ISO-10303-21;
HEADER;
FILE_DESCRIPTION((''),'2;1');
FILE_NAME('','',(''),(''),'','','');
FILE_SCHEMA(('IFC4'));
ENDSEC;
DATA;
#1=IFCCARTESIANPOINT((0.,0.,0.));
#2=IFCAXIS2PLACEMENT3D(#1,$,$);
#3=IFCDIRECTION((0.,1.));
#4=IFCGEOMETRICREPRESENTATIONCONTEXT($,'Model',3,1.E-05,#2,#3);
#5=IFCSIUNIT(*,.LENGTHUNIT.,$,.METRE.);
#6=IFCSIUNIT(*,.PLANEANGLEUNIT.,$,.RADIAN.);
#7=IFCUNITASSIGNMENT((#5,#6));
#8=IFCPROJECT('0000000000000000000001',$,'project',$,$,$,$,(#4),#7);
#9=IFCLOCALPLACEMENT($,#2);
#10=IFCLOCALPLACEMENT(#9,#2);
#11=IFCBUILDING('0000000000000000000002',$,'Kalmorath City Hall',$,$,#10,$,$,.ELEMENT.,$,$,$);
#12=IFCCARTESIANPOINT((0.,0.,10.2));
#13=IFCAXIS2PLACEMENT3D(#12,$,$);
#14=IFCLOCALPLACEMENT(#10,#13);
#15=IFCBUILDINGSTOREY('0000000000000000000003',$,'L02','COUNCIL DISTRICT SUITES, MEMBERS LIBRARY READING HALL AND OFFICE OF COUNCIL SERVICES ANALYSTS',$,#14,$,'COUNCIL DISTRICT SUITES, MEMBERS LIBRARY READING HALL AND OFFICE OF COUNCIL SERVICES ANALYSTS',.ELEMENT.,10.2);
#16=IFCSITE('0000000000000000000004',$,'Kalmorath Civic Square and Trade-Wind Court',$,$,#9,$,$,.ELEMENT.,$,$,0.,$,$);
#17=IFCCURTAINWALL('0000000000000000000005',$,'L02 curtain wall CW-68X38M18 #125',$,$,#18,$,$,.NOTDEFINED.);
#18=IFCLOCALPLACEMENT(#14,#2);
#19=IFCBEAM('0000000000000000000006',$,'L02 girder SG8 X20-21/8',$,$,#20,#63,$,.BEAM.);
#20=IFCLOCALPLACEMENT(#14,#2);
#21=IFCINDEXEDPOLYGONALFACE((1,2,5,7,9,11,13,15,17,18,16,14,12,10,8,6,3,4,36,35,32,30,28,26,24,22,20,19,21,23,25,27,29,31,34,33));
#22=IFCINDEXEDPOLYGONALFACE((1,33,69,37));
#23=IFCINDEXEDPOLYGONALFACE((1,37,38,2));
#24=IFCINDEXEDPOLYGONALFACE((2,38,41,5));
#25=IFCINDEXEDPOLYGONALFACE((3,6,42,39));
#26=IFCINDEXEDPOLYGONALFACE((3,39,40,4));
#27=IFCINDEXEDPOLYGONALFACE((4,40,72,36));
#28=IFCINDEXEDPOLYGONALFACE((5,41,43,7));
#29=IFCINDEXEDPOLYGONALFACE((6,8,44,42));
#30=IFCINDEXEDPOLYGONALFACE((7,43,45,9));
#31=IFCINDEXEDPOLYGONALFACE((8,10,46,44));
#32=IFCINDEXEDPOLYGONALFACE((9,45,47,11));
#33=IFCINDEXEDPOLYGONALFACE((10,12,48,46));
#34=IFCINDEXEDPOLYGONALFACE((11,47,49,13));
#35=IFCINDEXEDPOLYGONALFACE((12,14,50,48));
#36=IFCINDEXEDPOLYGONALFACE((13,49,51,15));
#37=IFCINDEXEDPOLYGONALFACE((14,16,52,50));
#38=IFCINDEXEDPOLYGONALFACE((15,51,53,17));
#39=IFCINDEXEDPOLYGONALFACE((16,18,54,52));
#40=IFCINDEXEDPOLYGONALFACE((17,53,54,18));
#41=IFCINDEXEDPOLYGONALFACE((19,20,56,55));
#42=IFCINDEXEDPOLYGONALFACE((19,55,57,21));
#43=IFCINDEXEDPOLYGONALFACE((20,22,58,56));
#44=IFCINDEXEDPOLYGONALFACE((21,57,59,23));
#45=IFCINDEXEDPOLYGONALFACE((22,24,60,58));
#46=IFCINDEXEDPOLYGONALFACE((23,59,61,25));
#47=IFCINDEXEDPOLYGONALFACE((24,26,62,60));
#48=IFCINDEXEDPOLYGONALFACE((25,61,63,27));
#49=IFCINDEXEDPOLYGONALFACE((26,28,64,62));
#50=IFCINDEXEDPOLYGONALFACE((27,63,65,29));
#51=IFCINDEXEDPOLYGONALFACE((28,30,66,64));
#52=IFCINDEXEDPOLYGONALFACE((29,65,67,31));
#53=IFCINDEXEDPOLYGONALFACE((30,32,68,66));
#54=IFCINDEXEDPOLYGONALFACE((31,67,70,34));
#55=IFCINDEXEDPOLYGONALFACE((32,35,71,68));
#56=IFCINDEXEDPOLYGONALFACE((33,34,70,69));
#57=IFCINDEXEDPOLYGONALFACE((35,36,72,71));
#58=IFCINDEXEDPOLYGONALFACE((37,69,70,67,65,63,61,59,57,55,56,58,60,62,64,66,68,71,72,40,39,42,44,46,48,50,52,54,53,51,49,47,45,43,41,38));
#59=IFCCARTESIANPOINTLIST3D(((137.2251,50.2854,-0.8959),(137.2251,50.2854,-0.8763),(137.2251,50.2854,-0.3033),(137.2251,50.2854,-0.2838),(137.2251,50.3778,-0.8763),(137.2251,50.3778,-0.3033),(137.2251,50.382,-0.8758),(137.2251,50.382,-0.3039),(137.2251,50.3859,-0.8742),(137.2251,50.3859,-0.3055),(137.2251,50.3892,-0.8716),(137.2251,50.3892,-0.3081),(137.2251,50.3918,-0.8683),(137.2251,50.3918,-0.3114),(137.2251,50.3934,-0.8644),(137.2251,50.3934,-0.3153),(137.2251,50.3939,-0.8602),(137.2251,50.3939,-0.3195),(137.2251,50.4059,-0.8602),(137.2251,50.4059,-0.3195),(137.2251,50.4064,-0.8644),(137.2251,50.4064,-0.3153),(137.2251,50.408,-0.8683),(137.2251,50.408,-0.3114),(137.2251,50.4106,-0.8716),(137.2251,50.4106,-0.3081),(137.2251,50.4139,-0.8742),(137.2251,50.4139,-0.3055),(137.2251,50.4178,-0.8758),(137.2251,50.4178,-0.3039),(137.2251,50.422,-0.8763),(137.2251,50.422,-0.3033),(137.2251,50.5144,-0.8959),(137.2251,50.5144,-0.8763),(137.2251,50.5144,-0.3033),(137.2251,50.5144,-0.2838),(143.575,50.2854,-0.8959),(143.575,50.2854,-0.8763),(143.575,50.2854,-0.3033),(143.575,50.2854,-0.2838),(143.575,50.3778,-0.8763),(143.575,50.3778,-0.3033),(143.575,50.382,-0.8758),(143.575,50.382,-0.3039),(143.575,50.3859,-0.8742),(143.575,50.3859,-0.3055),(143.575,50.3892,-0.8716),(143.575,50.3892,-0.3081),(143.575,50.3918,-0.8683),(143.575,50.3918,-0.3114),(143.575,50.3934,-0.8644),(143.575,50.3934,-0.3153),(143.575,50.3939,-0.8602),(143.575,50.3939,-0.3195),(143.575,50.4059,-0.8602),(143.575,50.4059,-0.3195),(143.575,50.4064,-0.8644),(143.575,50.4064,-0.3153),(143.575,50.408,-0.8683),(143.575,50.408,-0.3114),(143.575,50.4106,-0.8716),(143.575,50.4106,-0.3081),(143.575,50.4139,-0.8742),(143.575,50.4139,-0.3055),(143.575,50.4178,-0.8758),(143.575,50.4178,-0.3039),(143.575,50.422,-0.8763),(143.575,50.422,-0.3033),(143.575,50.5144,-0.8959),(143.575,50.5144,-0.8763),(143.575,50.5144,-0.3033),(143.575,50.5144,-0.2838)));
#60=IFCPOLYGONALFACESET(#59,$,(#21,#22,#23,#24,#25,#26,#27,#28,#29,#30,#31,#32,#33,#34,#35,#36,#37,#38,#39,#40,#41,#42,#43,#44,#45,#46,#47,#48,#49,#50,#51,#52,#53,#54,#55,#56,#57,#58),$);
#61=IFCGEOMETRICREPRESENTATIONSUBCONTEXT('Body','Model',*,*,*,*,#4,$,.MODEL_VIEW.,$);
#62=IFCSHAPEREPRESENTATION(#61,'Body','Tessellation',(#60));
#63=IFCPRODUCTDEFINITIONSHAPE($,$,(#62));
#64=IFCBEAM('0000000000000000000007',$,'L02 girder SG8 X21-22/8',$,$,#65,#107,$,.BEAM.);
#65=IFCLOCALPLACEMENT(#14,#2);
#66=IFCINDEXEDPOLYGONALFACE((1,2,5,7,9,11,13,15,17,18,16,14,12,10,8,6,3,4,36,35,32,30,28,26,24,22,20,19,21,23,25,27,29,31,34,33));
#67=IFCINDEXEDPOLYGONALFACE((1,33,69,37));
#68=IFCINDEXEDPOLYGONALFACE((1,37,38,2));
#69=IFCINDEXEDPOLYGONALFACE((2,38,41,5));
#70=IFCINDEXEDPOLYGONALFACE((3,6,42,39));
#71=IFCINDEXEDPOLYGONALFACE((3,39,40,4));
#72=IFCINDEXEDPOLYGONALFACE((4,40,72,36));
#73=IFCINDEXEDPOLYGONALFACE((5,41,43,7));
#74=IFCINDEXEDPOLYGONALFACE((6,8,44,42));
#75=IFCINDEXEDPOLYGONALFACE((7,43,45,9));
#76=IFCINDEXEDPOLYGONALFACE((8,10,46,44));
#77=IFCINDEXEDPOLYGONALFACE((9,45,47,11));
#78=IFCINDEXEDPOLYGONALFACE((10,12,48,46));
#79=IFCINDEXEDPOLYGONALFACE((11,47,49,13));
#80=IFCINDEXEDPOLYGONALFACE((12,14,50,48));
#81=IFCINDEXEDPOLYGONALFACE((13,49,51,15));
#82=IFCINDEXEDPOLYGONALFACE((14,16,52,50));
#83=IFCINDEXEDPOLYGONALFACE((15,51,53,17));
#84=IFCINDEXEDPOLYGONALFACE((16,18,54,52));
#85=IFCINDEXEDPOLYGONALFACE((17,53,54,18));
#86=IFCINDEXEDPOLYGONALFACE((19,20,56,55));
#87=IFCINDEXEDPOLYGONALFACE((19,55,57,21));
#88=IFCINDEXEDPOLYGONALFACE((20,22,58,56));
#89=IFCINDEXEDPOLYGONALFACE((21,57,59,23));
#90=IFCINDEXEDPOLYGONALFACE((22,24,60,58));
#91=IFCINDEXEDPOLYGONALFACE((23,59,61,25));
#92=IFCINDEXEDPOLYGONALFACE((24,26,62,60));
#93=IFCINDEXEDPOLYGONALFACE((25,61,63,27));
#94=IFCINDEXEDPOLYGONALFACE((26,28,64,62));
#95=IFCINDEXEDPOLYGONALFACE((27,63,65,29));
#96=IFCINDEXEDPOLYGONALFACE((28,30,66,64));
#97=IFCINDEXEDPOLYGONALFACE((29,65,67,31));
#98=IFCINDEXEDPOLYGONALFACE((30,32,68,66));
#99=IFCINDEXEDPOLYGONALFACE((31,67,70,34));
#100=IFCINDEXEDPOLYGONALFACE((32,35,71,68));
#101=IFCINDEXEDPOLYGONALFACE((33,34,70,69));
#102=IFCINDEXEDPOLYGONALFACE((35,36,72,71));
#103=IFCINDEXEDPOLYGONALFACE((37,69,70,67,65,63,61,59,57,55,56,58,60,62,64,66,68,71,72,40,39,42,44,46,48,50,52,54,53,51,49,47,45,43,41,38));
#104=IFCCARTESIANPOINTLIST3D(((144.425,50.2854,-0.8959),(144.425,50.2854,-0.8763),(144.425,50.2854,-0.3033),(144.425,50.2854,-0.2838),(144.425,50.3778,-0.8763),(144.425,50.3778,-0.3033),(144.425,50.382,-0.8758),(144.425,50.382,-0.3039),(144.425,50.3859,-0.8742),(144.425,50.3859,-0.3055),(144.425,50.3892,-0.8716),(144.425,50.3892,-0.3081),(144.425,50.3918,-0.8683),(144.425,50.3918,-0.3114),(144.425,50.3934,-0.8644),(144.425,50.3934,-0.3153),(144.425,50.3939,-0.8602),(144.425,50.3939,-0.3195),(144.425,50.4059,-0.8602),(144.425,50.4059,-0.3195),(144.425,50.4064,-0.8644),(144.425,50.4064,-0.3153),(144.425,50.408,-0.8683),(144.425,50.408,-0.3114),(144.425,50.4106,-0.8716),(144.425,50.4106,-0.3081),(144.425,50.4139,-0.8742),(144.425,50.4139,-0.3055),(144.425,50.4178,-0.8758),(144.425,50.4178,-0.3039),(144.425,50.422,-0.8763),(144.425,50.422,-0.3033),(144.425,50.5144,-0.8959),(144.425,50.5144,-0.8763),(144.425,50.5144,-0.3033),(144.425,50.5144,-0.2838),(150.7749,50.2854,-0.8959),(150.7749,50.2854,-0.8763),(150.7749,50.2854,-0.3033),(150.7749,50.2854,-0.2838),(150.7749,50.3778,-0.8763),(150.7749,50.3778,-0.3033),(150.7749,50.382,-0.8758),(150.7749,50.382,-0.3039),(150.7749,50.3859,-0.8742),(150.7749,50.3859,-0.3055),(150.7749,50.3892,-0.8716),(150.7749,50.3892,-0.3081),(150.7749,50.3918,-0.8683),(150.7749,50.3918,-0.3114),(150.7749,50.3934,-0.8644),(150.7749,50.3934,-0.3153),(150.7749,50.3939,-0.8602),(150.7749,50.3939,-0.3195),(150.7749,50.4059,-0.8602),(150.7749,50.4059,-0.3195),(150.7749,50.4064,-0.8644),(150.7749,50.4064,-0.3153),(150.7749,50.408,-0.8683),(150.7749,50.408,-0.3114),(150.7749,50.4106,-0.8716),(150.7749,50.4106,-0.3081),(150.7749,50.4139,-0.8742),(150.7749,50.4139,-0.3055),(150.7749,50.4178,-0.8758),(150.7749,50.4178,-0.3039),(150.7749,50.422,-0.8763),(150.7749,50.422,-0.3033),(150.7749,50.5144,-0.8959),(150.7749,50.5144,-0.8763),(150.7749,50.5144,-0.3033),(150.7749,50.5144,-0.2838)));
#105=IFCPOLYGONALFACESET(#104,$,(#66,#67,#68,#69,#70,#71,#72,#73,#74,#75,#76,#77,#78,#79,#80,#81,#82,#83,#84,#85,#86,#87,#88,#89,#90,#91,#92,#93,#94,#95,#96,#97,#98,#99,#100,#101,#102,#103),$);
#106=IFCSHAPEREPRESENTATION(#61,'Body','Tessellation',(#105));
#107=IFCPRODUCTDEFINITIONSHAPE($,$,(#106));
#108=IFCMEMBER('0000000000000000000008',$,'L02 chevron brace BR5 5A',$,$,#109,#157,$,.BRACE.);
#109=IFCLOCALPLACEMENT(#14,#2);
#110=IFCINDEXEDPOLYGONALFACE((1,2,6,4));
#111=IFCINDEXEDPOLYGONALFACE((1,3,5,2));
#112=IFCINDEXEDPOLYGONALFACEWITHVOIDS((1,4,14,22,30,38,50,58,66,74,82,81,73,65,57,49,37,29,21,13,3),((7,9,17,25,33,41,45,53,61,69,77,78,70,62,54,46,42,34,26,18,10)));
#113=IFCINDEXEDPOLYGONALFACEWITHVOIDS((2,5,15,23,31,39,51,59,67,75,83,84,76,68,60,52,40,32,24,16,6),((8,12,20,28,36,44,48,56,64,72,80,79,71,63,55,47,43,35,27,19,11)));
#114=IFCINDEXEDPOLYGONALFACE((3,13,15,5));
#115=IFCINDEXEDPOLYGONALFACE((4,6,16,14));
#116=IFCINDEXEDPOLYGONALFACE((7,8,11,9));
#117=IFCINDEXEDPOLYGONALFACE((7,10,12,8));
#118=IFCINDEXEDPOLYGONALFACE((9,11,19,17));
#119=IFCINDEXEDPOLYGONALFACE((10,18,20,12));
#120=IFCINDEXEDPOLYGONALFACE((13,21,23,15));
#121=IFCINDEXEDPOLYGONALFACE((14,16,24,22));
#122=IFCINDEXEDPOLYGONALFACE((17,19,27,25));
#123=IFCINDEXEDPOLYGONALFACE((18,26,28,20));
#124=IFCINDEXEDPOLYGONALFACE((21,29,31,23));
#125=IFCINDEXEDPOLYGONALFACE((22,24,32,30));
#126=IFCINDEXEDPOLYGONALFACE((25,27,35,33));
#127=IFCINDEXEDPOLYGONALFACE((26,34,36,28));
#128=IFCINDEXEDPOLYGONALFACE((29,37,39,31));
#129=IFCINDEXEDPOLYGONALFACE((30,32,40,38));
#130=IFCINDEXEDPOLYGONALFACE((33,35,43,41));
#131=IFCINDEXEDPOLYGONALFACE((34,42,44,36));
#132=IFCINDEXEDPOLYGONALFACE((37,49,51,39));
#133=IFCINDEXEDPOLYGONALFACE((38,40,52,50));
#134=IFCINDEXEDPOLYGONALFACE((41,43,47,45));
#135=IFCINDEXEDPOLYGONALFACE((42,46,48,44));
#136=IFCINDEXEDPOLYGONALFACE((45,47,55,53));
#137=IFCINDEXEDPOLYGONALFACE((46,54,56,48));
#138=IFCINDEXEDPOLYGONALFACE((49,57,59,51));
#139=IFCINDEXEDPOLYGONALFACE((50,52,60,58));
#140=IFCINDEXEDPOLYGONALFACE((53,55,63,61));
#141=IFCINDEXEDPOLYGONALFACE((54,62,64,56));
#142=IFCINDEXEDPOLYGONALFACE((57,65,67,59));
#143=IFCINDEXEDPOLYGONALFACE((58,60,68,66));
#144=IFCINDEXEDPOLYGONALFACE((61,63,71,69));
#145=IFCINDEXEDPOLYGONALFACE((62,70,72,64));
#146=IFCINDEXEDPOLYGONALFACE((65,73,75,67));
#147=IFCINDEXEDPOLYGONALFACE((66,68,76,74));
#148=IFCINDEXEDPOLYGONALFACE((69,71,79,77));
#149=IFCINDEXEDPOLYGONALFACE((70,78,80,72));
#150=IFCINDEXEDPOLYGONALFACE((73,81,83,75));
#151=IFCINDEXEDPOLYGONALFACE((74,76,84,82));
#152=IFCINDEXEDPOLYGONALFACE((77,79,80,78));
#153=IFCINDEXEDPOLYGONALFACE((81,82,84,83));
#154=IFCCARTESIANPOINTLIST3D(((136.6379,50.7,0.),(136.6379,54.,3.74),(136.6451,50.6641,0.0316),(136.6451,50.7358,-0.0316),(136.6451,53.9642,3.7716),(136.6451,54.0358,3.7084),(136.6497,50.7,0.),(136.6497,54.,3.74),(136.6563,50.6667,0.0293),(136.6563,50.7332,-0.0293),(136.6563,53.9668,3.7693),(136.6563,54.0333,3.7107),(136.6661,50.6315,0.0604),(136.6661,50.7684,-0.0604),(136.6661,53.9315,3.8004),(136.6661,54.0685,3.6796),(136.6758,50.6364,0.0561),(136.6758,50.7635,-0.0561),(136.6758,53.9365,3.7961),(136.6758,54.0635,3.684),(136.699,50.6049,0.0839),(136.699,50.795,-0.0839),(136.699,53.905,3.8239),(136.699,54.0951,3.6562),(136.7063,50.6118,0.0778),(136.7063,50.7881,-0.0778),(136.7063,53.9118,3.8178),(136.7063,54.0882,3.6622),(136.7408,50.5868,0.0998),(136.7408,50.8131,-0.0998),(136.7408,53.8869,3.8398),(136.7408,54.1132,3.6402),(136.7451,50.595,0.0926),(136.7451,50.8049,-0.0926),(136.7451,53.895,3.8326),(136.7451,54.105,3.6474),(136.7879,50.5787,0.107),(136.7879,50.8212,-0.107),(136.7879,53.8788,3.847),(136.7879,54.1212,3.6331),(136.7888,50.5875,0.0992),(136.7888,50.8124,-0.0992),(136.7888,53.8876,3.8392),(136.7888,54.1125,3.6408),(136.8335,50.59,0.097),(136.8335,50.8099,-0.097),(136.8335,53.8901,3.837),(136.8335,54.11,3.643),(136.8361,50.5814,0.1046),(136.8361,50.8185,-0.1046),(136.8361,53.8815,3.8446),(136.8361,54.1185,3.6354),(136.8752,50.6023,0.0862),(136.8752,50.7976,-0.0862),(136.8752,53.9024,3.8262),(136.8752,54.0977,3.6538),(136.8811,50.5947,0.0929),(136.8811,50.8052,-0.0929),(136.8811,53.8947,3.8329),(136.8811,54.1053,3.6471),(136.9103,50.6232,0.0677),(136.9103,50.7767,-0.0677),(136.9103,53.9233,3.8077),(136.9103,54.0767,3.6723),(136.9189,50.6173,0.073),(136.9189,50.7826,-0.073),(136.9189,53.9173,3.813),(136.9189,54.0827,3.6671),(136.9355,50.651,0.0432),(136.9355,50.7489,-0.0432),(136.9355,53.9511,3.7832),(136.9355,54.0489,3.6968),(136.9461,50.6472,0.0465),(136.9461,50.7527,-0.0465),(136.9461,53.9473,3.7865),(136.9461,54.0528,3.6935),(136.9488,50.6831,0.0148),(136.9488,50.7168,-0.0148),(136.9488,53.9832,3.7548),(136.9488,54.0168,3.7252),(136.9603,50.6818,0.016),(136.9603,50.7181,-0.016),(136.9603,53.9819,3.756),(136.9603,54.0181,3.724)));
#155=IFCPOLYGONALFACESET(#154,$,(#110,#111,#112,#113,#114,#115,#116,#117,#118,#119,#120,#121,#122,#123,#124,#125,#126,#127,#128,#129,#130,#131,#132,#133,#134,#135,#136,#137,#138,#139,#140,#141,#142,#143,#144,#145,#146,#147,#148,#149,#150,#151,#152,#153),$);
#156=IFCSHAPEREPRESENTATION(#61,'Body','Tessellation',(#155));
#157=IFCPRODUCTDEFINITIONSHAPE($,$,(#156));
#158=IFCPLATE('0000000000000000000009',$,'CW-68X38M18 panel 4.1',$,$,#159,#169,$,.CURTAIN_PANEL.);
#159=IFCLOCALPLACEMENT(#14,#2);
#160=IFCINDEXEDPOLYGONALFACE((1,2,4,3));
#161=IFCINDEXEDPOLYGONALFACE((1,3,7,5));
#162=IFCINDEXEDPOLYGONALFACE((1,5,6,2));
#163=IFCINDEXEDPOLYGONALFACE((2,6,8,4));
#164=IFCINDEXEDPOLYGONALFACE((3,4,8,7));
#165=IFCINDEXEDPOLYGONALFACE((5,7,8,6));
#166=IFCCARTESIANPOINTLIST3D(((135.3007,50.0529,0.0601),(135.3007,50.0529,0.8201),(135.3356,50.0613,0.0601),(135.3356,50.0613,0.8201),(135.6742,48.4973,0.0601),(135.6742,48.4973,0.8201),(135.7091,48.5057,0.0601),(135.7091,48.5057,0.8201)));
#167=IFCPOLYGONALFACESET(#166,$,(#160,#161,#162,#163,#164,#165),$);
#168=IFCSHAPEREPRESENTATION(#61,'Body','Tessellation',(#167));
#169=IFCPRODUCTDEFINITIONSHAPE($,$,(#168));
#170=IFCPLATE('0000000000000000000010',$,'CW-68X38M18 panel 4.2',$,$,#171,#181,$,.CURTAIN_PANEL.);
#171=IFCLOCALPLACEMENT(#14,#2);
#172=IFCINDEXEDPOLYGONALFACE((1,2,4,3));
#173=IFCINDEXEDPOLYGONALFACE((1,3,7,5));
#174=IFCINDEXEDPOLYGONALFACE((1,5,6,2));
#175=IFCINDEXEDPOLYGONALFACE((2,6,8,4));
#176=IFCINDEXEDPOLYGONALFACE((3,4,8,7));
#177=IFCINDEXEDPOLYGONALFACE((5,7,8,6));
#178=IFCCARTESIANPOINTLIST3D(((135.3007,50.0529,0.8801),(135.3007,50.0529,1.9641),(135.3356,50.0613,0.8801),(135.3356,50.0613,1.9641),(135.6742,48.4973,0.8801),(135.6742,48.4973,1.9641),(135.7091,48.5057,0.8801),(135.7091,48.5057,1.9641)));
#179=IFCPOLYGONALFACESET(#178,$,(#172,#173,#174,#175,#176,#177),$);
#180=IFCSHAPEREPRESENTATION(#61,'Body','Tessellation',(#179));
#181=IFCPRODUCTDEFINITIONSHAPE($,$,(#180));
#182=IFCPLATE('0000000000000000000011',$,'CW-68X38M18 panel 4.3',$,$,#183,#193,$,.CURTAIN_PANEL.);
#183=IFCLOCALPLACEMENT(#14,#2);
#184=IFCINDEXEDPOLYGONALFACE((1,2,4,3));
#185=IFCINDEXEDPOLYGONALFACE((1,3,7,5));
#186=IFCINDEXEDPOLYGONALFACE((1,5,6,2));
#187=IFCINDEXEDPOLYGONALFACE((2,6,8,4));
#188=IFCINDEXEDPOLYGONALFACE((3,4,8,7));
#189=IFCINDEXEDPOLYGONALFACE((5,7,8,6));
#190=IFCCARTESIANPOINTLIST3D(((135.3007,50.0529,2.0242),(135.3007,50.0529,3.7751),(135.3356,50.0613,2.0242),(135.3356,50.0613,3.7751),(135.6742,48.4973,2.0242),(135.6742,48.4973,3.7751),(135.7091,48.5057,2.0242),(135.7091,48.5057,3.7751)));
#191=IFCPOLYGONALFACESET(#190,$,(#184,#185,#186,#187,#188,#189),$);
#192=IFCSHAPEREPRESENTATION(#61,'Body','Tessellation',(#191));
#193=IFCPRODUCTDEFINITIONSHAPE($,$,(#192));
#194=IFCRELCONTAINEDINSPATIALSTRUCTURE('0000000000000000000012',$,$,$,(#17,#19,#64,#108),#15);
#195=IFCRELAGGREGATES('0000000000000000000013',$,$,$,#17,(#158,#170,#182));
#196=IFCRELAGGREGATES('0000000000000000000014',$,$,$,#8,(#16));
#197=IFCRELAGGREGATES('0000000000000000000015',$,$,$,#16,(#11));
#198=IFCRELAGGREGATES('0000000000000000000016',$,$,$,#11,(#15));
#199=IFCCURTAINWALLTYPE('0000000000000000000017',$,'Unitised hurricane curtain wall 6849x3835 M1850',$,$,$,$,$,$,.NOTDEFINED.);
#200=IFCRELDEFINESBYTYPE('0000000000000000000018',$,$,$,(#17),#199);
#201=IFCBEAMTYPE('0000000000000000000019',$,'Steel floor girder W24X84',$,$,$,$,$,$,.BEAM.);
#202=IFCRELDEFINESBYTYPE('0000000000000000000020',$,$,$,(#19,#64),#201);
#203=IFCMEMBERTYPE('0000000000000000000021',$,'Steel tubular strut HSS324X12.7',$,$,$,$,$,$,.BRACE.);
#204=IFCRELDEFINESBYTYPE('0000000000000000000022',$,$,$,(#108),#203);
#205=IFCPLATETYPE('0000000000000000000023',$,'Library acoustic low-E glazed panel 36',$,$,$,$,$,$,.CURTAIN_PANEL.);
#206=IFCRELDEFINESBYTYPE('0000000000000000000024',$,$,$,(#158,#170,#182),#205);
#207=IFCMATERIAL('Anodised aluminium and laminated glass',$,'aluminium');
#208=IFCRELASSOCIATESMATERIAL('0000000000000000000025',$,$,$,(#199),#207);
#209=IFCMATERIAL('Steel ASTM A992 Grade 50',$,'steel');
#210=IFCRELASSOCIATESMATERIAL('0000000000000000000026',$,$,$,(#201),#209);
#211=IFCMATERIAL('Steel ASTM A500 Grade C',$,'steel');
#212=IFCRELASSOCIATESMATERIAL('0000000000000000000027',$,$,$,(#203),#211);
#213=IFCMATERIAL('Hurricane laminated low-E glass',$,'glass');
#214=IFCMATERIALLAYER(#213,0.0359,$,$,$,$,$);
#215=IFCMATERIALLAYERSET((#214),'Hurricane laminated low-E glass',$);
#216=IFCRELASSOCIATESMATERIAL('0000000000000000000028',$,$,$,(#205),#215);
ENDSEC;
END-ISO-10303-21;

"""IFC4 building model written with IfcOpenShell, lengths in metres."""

from ifc_helpers import new_model, si_unit, direction, frame, origin, origin_2d, place, context, subcontext, project, spatial, rectangle, hollow_circle, i_section, extrude, material, layer, layer_set, material_profile, profile_set, type_object, element, aggregate, save


model = new_model("IFC4")

# Units and contexts
model_context = context("Model", 3, precision=1e-05, world=origin(), true_north=direction((0.0, 1.0)))
body_context = subcontext(model_context, "Body", "Model", "MODEL_VIEW")
ifc_project = project(units=[si_unit("LENGTHUNIT", "METRE"), si_unit("PLANEANGLEUNIT", "RADIAN")], contexts=[model_context])

# Site, building, storey
site_placement = place(None, origin())
site = spatial("IfcSite", under=ifc_project, at=site_placement, Name="Kalmorath Civic Square and Trade-Wind Court", CompositionType="ELEMENT", RefElevation=0.0)
building_placement = place(site_placement, origin())
building = spatial("IfcBuilding", under=site, at=building_placement, Name="Kalmorath City Hall", CompositionType="ELEMENT")
storey_placement = place(building_placement, frame((0.0, 0.0, 10.2)))
storey = spatial("IfcBuildingStorey", under=building, at=storey_placement, Name="L02", Description="COUNCIL DISTRICT SUITES, MEMBERS LIBRARY READING HALL AND OFFICE OF COUNCIL SERVICES ANALYSTS", LongName="COUNCIL DISTRICT SUITES, MEMBERS LIBRARY READING HALL AND OFFICE OF COUNCIL SERVICES ANALYSTS", CompositionType="ELEMENT", Elevation=10.2)

# Shared definitions
ifc_material_1 = material(Name="Anodised aluminium and laminated glass", Category="aluminium")
curtain_wall_type = type_object("IfcCurtainWallType", Name="Unitised hurricane curtain wall 6849x3835 M1850", PredefinedType="NOTDEFINED", material=ifc_material_1)

# Curtain wall
curtain_wall_1_placement = place(storey_placement, origin())
curtain_wall_1 = element("IfcCurtainWall", 1, at=curtain_wall_1_placement, inside=storey, type_object=curtain_wall_type, Name="L02 curtain wall CW-68X38M18 #125", PredefinedType="NOTDEFINED")

# Beams
ifc_material_2 = material(Name="Steel ASTM A992 Grade 50", Category="steel")
ifc_material_profile_1 = material_profile(ifc_material_2, i_section(OverallWidth=0.229, OverallDepth=0.6121, WebThickness=0.012, FlangeThickness=0.0195, FilletRadius=0.0161, at=origin_2d()), Name="W24X84")
ifc_profile_set_1 = profile_set([ifc_material_profile_1], Name="Steel ASTM A992 Grade 50")
beam_type_1 = type_object("IfcBeamType", Name="Steel floor girder W24X84", PredefinedType="BEAM", material=ifc_profile_set_1)
for number, where, z_axis, x_axis, name in (
    (2, (137.2251, 50.3999, -0.5898), (1.0, 0.0, 0.0), (0.0, 1.0, 0.0), "L02 girder SG8 X20-21/8"),
    (3, (144.425, 50.3999, -0.5898), (1.0, 0.0, 0.0), (0.0, 1.0, 0.0), "L02 girder SG8 X21-22/8"),
):
    element("IfcBeam", number, at=place(storey_placement, frame(where, z_axis=z_axis, x_axis=x_axis)), inside=storey, type_object=beam_type_1, Name=name, PredefinedType="BEAM", context=body_context, shape_type="SweptSolid", body=[
        extrude(i_section(OverallWidth=0.229, OverallDepth=0.6121, WebThickness=0.012, FlangeThickness=0.0195, FilletRadius=0.0161, at=origin_2d()), origin(), (0.0, 0.0, 1.0), 6.3499),
    ])

# Member
ifc_material_3 = material(Name="Steel ASTM A500 Grade C", Category="steel")
ifc_material_profile_2 = material_profile(ifc_material_3, hollow_circle(Radius=0.1621, WallThickness=0.0117, at=origin_2d()), Name="HSS324X12.7")
ifc_profile_set_2 = profile_set([ifc_material_profile_2], Name="Steel ASTM A500 Grade C")
member_type_1 = type_object("IfcMemberType", Name="Steel tubular strut HSS324X12.7", PredefinedType="BRACE", material=ifc_profile_set_2)
member_1_placement = place(storey_placement, frame((136.8, 50.7, 0.0), z_axis=(0.0, 0.661628, 0.749832), x_axis=(-1.0, 0.0, 0.0)))
element("IfcMember", 4, at=member_1_placement, inside=storey, type_object=member_type_1, Name="L02 chevron brace BR5 5A", PredefinedType="BRACE", context=body_context, shape_type="SweptSolid", body=[
    extrude(hollow_circle(Radius=0.1621, WallThickness=0.0117, at=origin_2d()), origin(), (0.0, 0.0, 1.0), 4.9878),
])

# Plates
ifc_material_4 = material(Name="Hurricane laminated low-E glass", Category="glass")
ifc_layer_1 = layer(ifc_material_4, 0.0359)
ifc_layer_set_1 = layer_set([ifc_layer_1], Name="Hurricane laminated low-E glass")
plate_type_1 = type_object("IfcPlateType", Name="Library acoustic low-E glazed panel 36", PredefinedType="CURTAIN_PANEL", material=ifc_layer_set_1)
plate_1_placement = place(storey_placement, frame((135.5049, 49.2793, 0.0601), z_axis=(0.0, 0.0, 1.0), x_axis=(-0.233456, 0.972367, 0.0)))
plate_1 = element("IfcPlate", 5, at=plate_1_placement, type_object=plate_type_1, Name="CW-68X38M18 panel 4.1", PredefinedType="CURTAIN_PANEL", context=body_context, shape_type="SweptSolid", body=[
    extrude(rectangle(XDim=1.5999, YDim=0.0359, at=origin_2d()), origin(), (0.0, 0.0, 1.0), 0.76),
])
plate_2_placement = place(storey_placement, frame((135.5049, 49.2793, 0.8801), z_axis=(0.0, 0.0, 1.0), x_axis=(-0.233456, 0.972367, 0.0)))
plate_2 = element("IfcPlate", 6, at=plate_2_placement, type_object=plate_type_1, Name="CW-68X38M18 panel 4.2", PredefinedType="CURTAIN_PANEL", context=body_context, shape_type="SweptSolid", body=[
    extrude(rectangle(XDim=1.5999, YDim=0.0359, at=origin_2d()), origin(), (0.0, 0.0, 1.0), 1.084),
])
plate_3_placement = place(storey_placement, frame((135.5049, 49.2793, 2.0242), z_axis=(0.0, 0.0, 1.0), x_axis=(-0.233456, 0.972367, 0.0)))
plate_3 = element("IfcPlate", 7, at=plate_3_placement, type_object=plate_type_1, Name="CW-68X38M18 panel 4.3", PredefinedType="CURTAIN_PANEL", context=body_context, shape_type="SweptSolid", body=[
    extrude(rectangle(XDim=1.5999, YDim=0.0359, at=origin_2d()), origin(), (0.0, 0.0, 1.0), 1.751),
])
aggregate(curtain_wall_1, [plate_1, plate_2, plate_3])

save(model, "model.ifc")
